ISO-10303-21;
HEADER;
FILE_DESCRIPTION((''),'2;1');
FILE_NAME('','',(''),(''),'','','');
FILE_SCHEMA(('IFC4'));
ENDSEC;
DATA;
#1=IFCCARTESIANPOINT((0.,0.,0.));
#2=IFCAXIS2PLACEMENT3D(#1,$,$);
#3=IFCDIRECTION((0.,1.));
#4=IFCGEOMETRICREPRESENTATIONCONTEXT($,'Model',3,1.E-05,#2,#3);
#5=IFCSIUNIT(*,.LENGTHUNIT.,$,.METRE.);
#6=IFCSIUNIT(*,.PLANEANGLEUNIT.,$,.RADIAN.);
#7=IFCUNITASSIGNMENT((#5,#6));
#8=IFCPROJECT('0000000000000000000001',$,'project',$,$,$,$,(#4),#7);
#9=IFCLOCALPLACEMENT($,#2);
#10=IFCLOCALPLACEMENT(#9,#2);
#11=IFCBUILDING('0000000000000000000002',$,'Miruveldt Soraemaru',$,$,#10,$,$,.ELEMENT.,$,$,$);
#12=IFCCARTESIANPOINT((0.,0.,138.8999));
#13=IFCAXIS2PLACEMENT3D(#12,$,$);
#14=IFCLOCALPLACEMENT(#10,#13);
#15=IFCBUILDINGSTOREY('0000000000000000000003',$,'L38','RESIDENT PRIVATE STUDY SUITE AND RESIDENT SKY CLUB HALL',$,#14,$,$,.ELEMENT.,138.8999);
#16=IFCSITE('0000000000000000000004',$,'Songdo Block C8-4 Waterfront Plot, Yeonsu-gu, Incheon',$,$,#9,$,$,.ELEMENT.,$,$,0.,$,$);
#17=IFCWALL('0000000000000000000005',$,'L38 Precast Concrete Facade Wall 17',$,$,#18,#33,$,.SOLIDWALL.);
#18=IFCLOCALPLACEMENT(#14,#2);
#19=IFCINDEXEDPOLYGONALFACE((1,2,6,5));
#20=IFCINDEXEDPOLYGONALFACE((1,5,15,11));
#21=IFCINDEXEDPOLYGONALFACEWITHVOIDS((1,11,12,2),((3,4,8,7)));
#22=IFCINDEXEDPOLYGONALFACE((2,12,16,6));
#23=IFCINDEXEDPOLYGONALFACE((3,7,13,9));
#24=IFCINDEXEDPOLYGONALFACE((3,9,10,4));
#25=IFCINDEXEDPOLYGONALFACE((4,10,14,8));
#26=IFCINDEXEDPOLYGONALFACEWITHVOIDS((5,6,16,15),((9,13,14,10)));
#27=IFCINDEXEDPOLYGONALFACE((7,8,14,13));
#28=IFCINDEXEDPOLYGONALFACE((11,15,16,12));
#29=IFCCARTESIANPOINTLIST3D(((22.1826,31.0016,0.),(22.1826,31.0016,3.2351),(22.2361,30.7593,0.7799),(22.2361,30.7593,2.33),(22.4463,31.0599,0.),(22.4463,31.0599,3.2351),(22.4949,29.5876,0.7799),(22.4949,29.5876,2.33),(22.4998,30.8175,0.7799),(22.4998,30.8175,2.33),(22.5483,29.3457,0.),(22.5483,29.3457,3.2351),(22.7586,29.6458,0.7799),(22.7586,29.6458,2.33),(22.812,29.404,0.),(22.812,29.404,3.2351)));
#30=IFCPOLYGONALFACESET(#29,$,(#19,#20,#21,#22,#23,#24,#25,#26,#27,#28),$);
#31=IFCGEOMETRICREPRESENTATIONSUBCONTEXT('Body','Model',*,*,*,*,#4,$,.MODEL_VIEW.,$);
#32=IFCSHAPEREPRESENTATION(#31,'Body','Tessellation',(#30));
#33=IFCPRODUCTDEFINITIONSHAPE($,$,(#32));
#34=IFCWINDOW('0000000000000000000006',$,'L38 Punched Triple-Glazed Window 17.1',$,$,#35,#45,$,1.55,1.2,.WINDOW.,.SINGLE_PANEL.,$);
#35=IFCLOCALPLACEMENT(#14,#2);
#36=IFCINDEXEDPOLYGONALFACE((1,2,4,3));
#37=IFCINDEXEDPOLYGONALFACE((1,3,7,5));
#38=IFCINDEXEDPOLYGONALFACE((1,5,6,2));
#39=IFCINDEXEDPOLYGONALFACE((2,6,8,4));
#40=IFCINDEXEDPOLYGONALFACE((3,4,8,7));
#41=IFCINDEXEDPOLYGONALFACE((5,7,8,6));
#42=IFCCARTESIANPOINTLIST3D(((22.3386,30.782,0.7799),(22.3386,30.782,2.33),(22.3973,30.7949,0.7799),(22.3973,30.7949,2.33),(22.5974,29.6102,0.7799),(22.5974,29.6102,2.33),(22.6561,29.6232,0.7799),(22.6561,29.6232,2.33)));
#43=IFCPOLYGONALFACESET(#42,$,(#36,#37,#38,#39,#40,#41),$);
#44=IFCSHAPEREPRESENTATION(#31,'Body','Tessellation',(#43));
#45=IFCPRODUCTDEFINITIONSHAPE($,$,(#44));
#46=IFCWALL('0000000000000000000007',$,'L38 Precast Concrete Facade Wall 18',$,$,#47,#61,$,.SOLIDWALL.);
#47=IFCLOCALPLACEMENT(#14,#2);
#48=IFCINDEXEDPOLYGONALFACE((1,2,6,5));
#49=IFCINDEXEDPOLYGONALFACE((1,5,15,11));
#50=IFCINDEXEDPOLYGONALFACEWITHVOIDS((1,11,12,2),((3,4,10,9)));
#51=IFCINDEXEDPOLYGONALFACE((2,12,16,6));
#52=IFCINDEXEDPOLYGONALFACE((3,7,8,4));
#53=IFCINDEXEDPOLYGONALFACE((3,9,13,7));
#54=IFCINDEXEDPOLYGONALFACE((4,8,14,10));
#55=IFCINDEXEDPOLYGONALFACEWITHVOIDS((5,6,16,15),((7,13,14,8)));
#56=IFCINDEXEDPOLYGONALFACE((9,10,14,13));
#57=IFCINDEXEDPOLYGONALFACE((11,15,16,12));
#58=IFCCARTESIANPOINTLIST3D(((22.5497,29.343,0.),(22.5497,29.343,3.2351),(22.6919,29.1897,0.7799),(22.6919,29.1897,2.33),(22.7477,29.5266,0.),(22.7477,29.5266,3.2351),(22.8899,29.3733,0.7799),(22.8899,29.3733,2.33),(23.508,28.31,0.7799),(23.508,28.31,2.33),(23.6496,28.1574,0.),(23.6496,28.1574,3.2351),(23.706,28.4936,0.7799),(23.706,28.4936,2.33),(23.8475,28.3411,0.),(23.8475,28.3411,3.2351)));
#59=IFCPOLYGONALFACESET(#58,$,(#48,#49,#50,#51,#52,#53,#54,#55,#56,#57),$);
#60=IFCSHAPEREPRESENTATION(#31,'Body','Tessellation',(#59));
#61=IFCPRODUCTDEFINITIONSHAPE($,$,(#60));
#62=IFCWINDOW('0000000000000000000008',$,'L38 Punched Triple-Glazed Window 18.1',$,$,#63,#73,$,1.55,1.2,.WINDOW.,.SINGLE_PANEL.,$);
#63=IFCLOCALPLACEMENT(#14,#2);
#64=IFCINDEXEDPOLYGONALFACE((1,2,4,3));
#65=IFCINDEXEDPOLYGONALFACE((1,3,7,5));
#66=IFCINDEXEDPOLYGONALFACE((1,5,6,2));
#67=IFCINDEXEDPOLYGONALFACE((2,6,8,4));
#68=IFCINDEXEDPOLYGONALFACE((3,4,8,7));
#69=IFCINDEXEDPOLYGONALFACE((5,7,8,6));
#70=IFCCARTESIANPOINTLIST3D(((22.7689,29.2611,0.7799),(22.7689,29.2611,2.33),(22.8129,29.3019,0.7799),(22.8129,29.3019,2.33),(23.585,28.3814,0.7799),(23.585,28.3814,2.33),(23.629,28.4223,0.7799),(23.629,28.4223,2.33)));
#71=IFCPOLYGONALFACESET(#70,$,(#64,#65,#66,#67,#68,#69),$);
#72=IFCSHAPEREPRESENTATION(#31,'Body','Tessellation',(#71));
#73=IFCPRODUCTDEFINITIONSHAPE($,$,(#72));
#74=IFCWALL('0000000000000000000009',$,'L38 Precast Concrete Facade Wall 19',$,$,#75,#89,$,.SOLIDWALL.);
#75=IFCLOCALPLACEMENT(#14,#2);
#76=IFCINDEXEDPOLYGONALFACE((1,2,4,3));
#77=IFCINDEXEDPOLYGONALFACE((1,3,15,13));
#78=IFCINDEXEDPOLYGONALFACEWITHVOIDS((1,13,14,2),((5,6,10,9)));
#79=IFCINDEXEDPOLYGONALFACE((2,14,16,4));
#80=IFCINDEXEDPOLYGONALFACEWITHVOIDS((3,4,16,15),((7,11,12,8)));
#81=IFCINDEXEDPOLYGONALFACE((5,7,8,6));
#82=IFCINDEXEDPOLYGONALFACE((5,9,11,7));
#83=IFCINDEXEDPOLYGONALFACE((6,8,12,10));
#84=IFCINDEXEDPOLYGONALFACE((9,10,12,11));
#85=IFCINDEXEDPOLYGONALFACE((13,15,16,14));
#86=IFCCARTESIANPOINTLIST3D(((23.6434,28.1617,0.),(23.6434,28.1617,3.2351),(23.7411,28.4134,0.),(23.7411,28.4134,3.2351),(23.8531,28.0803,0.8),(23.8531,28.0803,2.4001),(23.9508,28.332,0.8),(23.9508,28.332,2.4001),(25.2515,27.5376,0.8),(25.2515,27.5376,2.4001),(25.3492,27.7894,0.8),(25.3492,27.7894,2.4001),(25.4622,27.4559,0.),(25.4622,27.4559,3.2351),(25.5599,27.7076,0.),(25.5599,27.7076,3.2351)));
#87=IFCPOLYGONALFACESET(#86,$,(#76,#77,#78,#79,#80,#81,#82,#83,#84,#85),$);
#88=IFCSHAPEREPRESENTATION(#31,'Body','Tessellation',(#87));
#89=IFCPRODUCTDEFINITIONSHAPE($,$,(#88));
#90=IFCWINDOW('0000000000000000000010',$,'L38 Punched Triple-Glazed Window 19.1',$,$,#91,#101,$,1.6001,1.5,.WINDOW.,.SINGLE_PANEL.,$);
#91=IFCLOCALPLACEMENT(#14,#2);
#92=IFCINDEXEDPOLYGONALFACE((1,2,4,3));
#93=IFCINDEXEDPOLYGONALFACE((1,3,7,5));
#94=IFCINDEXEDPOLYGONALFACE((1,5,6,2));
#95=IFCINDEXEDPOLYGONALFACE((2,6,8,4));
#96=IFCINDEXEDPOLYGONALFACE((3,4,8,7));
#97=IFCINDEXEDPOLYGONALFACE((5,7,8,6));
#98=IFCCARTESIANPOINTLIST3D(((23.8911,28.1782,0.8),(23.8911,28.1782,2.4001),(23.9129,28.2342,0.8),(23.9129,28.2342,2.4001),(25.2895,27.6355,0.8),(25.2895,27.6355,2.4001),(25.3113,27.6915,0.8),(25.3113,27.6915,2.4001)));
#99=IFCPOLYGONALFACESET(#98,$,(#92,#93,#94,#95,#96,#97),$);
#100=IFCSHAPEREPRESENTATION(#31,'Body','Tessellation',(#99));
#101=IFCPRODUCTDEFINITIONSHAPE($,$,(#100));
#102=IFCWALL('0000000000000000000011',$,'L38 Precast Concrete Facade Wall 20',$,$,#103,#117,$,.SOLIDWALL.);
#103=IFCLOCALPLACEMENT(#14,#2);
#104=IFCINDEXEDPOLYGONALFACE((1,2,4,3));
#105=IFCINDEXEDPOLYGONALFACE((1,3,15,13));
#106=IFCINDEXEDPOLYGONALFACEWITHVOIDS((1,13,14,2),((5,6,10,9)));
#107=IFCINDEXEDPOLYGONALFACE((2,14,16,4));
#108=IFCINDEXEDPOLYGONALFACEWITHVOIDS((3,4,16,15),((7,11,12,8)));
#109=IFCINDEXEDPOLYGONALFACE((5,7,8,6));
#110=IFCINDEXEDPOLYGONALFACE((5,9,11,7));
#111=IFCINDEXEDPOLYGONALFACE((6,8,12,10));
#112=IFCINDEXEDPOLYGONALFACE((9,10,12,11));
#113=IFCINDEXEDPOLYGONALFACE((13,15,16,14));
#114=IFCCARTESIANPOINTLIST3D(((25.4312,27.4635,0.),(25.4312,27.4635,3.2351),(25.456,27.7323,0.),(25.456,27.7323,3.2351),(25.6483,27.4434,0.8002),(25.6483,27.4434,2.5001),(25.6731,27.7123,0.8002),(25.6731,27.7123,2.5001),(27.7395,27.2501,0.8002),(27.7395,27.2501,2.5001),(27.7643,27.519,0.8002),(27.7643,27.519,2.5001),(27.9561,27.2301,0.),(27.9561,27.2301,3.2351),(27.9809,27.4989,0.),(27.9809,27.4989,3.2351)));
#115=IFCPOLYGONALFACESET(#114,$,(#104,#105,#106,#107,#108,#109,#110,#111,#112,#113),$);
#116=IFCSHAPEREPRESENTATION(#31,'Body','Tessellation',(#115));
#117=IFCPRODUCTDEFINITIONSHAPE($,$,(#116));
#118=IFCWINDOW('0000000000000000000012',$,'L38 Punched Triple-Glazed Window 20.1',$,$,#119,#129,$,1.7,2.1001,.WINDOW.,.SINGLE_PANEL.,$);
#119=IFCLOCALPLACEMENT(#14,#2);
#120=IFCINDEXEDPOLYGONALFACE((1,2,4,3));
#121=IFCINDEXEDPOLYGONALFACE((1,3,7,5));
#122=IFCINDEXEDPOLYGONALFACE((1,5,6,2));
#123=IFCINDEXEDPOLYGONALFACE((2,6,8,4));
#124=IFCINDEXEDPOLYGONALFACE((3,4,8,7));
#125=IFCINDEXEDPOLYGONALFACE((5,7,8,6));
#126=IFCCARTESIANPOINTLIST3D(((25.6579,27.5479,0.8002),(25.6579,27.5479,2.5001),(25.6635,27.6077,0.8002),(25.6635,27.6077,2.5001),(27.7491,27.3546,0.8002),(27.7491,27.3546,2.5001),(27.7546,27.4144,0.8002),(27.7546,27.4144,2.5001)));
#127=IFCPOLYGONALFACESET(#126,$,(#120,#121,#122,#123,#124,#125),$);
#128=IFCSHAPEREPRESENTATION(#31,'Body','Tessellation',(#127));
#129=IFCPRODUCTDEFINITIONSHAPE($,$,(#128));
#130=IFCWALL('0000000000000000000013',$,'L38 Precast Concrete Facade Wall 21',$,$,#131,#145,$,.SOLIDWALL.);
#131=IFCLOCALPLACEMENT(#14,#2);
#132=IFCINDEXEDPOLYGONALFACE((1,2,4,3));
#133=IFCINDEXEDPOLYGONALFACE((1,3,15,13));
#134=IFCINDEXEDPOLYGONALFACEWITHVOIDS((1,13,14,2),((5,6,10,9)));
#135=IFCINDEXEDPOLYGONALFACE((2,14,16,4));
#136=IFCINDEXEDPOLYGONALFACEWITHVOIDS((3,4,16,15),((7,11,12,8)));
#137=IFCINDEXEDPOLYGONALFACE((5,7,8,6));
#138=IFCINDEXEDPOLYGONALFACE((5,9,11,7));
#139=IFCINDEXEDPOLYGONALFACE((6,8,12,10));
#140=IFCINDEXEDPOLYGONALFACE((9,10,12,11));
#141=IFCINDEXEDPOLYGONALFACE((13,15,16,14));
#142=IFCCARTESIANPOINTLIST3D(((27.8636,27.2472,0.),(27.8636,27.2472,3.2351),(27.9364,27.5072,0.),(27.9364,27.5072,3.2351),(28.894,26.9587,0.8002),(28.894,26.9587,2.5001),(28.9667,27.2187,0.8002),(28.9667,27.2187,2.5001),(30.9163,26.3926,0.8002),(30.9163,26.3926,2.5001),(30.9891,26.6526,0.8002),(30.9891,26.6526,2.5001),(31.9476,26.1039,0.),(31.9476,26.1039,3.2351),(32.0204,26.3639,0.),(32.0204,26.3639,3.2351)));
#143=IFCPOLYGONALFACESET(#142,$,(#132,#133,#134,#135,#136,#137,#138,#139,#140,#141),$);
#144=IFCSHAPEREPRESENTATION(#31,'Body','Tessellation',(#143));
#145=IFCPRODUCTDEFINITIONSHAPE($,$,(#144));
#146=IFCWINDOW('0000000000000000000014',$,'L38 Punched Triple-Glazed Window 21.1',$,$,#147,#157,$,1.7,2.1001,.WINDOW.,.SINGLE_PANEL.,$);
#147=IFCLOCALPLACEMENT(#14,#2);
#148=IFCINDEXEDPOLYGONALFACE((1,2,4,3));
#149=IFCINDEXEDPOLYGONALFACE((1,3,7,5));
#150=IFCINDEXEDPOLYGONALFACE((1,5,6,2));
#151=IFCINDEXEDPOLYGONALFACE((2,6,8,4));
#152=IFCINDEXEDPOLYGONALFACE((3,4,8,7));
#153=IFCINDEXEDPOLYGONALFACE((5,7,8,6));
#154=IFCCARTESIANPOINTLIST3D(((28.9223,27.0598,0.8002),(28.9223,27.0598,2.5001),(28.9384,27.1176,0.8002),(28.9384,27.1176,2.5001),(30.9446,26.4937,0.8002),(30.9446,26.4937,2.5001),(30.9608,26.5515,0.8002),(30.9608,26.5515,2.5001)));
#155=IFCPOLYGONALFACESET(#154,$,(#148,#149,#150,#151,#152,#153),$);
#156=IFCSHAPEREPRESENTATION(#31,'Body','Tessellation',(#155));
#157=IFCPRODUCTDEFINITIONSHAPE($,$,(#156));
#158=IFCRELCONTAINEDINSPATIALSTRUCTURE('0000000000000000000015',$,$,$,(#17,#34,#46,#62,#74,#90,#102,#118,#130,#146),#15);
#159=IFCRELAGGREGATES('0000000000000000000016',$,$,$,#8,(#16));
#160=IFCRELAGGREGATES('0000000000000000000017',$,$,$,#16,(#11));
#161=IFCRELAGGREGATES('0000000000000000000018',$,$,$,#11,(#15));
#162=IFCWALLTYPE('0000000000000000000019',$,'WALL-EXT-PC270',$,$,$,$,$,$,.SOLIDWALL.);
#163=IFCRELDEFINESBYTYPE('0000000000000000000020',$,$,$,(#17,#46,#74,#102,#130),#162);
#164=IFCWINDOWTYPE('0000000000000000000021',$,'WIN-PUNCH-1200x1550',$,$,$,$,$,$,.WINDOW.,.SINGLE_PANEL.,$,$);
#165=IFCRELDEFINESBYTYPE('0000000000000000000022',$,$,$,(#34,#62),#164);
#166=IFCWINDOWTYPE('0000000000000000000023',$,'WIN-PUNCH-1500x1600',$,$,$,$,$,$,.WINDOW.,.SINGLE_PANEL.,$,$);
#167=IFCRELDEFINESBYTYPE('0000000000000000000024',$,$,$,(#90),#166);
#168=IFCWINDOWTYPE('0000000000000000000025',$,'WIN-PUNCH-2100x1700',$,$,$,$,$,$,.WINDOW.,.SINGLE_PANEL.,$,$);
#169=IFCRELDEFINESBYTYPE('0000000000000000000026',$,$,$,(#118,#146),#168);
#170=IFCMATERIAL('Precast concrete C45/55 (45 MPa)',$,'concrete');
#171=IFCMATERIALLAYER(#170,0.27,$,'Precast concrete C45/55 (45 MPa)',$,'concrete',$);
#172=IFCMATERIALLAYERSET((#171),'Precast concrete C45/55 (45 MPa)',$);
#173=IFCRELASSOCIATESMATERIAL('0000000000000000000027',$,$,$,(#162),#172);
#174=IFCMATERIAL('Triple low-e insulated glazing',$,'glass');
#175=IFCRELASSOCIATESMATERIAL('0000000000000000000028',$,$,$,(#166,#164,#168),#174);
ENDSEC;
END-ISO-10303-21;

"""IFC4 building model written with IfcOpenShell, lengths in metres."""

from ifc_helpers import new_model, si_unit, direction, frame, frame_2d, origin, place, context, subcontext, project, spatial, rectangle, extrude, material, layer, layer_set, type_object, element, fill, save


model = new_model("IFC4")

# Units and contexts
model_context = context("Model", 3, precision=1e-05, world=origin(), true_north=direction((0.0, 1.0)))
body_context = subcontext(model_context, "Body", "Model", "MODEL_VIEW")
ifc_project = project(units=[si_unit("LENGTHUNIT", "METRE"), si_unit("PLANEANGLEUNIT", "RADIAN")], contexts=[model_context])

# Site, building, storey
site_placement = place(None, origin())
site = spatial("IfcSite", under=ifc_project, at=site_placement, Name="Songdo Block C8-4 Waterfront Plot, Yeonsu-gu, Incheon", CompositionType="ELEMENT", RefElevation=0.0)
building_placement = place(site_placement, origin())
building = spatial("IfcBuilding", under=site, at=building_placement, Name="Miruveldt Soraemaru", CompositionType="ELEMENT")
storey_placement = place(building_placement, frame((0.0, 0.0, 138.8999)))
storey = spatial("IfcBuildingStorey", under=building, at=storey_placement, Name="L38", Description="RESIDENT PRIVATE STUDY SUITE AND RESIDENT SKY CLUB HALL", CompositionType="ELEMENT", Elevation=138.8999)

# Walls, openings, windows
ifc_material_1 = material(Name="Precast concrete C45/55 (45 MPa)", Category="concrete")
ifc_layer_1 = layer(ifc_material_1, 0.27, Name="Precast concrete C45/55 (45 MPa)", Category="concrete")
ifc_layer_set_1 = layer_set([ifc_layer_1], Name="Precast concrete C45/55 (45 MPa)")
wall_type_1 = type_object("IfcWallType", Name="WALL-EXT-PC270", PredefinedType="SOLIDWALL", material=ifc_layer_set_1)
ifc_material_2 = material(Name="Triple low-e insulated glazing", Category="glass")
window_type_1 = type_object("IfcWindowType", Name="WIN-PUNCH-1500x1600", PartitioningType="SINGLE_PANEL", PredefinedType="WINDOW", material=ifc_material_2)
wall_1_placement = place(storey_placement, frame((22.3145, 31.0308, 0.0), z_axis=(0.0, 0.0, 1.0), x_axis=(0.21565, -0.976471, 0.0)))
wall_1 = element("IfcWall", 1, at=wall_1_placement, inside=storey, type_object=wall_type_1, Name="L38 Precast Concrete Facade Wall 17", PredefinedType="SOLIDWALL", context=body_context, shape_type="SweptSolid", body=[
    extrude(rectangle(XDim=1.6958, YDim=0.27, at=frame_2d((0.8479, 0.0))), origin(), (0.0, 0.0, 1.0), 3.2351),
])
opening_1_placement = place(wall_1_placement, frame((0.248, 0.0, 0.78)))
opening_1 = element("IfcOpeningElement", 2, at=opening_1_placement, cuts=wall_1, PredefinedType="OPENING", context=body_context, shape_type="SweptSolid", body=[
    extrude(rectangle(XDim=1.2, YDim=1.55, at=frame_2d((0.6001, 0.7749))), frame((0.0, 0.145, 0.0), z_axis=(0.0, -1.0, 0.0), x_axis=(1.0, 0.0, 0.0)), (0.0, 0.0, 1.0), 0.29),
])
window_type_2 = type_object("IfcWindowType", Name="WIN-PUNCH-1200x1550", PartitioningType="SINGLE_PANEL", PredefinedType="WINDOW", material=ifc_material_2)
window_1_placement = place(opening_1_placement, origin())
window_1 = element("IfcWindow", 3, at=window_1_placement, inside=storey, type_object=window_type_2, Name="L38 Punched Triple-Glazed Window 17.1", OverallHeight=1.55, OverallWidth=1.2, PartitioningType="SINGLE_PANEL", PredefinedType="WINDOW", context=body_context, shape_type="SweptSolid", body=[
    extrude(rectangle(XDim=1.2, YDim=1.55, at=frame_2d((0.6001, 0.7749))), frame((0.0, 0.03, 0.0), z_axis=(0.0, -1.0, 0.0), x_axis=(1.0, 0.0, 0.0)), (0.0, 0.0, 1.0), 0.0601),
])
fill(opening_1, window_1)
wall_2_placement = place(storey_placement, frame((22.6487, 29.4348, 0.0), z_axis=(0.0, 0.0, 1.0), x_axis=(0.680115, -0.733105, 0.0)))
wall_2 = element("IfcWall", 4, at=wall_2_placement, inside=storey, type_object=wall_type_1, Name="L38 Precast Concrete Facade Wall 18", PredefinedType="SOLIDWALL", context=body_context, shape_type="SweptSolid", body=[
    extrude(rectangle(XDim=1.6172, YDim=0.27, at=frame_2d((0.8086, 0.0))), origin(), (0.0, 0.0, 1.0), 3.2351),
])
opening_2_placement = place(wall_2_placement, frame((0.209, 0.0, 0.78)))
opening_2 = element("IfcOpeningElement", 5, at=opening_2_placement, cuts=wall_2, PredefinedType="OPENING", context=body_context, shape_type="SweptSolid", body=[
    extrude(rectangle(XDim=1.2, YDim=1.55, at=frame_2d((0.6001, 0.7749))), frame((0.0, 0.145, 0.0), z_axis=(0.0, -1.0, 0.0), x_axis=(1.0, 0.0, 0.0)), (0.0, 0.0, 1.0), 0.29),
])
window_2_placement = place(opening_2_placement, origin())
window_2 = element("IfcWindow", 6, at=window_2_placement, inside=storey, type_object=window_type_2, Name="L38 Punched Triple-Glazed Window 18.1", OverallHeight=1.55, OverallWidth=1.2, PartitioningType="SINGLE_PANEL", PredefinedType="WINDOW", context=body_context, shape_type="SweptSolid", body=[
    extrude(rectangle(XDim=1.2, YDim=1.55, at=frame_2d((0.6001, 0.7749))), frame((0.0, 0.03, 0.0), z_axis=(0.0, -1.0, 0.0), x_axis=(1.0, 0.0, 0.0)), (0.0, 0.0, 1.0), 0.0601),
])
fill(opening_2, window_2)
wall_3_placement = place(storey_placement, frame((23.6921, 28.2876, 0.0), z_axis=(0.0, 0.0, 1.0), x_axis=(0.932267, -0.36177, 0.0)))
wall_3 = element("IfcWall", 7, at=wall_3_placement, inside=storey, type_object=wall_type_1, Name="L38 Precast Concrete Facade Wall 19", PredefinedType="SOLIDWALL", context=body_context, shape_type="SweptSolid", body=[
    extrude(rectangle(XDim=1.9509, YDim=0.27, at=frame_2d((0.9756, 0.0))), origin(), (0.0, 0.0, 1.0), 3.2351),
])
opening_3_placement = place(wall_3_placement, frame((0.2251, 0.0, 0.8)))
opening_3 = element("IfcOpeningElement", 8, at=opening_3_placement, cuts=wall_3, PredefinedType="OPENING", context=body_context, shape_type="SweptSolid", body=[
    extrude(rectangle(XDim=1.5, YDim=1.6001, at=frame_2d((0.75, 0.8))), frame((0.0, 0.145, 0.0), z_axis=(0.0, -1.0, 0.0), x_axis=(1.0, 0.0, 0.0)), (0.0, 0.0, 1.0), 0.29),
])
window_3_placement = place(opening_3_placement, origin())
window_3 = element("IfcWindow", 9, at=window_3_placement, inside=storey, type_object=window_type_1, Name="L38 Punched Triple-Glazed Window 19.1", OverallHeight=1.6001, OverallWidth=1.5, PartitioningType="SINGLE_PANEL", PredefinedType="WINDOW", context=body_context, shape_type="SweptSolid", body=[
    extrude(rectangle(XDim=1.5, YDim=1.6001, at=frame_2d((0.75, 0.8))), frame((0.0, 0.03, 0.0), z_axis=(0.0, -1.0, 0.0), x_axis=(1.0, 0.0, 0.0)), (0.0, 0.0, 1.0), 0.0601),
])
fill(opening_3, window_3)
wall_4_placement = place(storey_placement, frame((25.4436, 27.5979, 0.0), z_axis=(0.0, 0.0, 1.0), x_axis=(0.995755, -0.092046, 0.0)))
wall_4 = element("IfcWall", 10, at=wall_4_placement, inside=storey, type_object=wall_type_1, Name="L38 Precast Concrete Facade Wall 20", PredefinedType="SOLIDWALL", context=body_context, shape_type="SweptSolid", body=[
    extrude(rectangle(XDim=2.5356, YDim=0.27, at=frame_2d((1.2678, 0.0))), origin(), (0.0, 0.0, 1.0), 3.2351),
])
opening_4_placement = place(wall_4_placement, frame((0.218, 0.0, 0.8)))
opening_4 = element("IfcOpeningElement", 11, at=opening_4_placement, cuts=wall_4, PredefinedType="OPENING", context=body_context, shape_type="SweptSolid", body=[
    extrude(rectangle(XDim=2.1001, YDim=1.7, at=frame_2d((1.05, 0.8501))), frame((0.0, 0.145, 0.0), z_axis=(0.0, -1.0, 0.0), x_axis=(1.0, 0.0, 0.0)), (0.0, 0.0, 1.0), 0.29),
])
window_type_3 = type_object("IfcWindowType", Name="WIN-PUNCH-2100x1700", PartitioningType="SINGLE_PANEL", PredefinedType="WINDOW", material=ifc_material_2)
window_4_placement = place(opening_4_placement, origin())
window_4 = element("IfcWindow", 12, at=window_4_placement, inside=storey, type_object=window_type_3, Name="L38 Punched Triple-Glazed Window 20.1", OverallHeight=1.7, OverallWidth=2.1001, PartitioningType="SINGLE_PANEL", PredefinedType="WINDOW", context=body_context, shape_type="SweptSolid", body=[
    extrude(rectangle(XDim=2.1001, YDim=1.7, at=frame_2d((1.05, 0.8501))), frame((0.0, 0.03, 0.0), z_axis=(0.0, -1.0, 0.0), x_axis=(1.0, 0.0, 0.0)), (0.0, 0.0, 1.0), 0.0601),
])
fill(opening_4, window_4)
wall_5_placement = place(storey_placement, frame((27.8999, 27.3772, 0.0), z_axis=(0.0, 0.0, 1.0), x_axis=(0.962977, -0.269585, 0.0)))
wall_5 = element("IfcWall", 13, at=wall_5_placement, inside=storey, type_object=wall_type_1, Name="L38 Precast Concrete Facade Wall 21", PredefinedType="SOLIDWALL", context=body_context, shape_type="SweptSolid", body=[
    extrude(rectangle(XDim=4.241, YDim=0.27, at=frame_2d((2.1206, 0.0))), origin(), (0.0, 0.0, 1.0), 3.2351),
])
opening_5_placement = place(wall_5_placement, frame((1.0701, 0.0, 0.8)))
opening_5 = element("IfcOpeningElement", 14, at=opening_5_placement, cuts=wall_5, PredefinedType="OPENING", context=body_context, shape_type="SweptSolid", body=[
    extrude(rectangle(XDim=2.1001, YDim=1.7, at=frame_2d((1.05, 0.8501))), frame((0.0, 0.145, 0.0), z_axis=(0.0, -1.0, 0.0), x_axis=(1.0, 0.0, 0.0)), (0.0, 0.0, 1.0), 0.29),
])
window_5_placement = place(opening_5_placement, origin())
window_5 = element("IfcWindow", 15, at=window_5_placement, inside=storey, type_object=window_type_3, Name="L38 Punched Triple-Glazed Window 21.1", OverallHeight=1.7, OverallWidth=2.1001, PartitioningType="SINGLE_PANEL", PredefinedType="WINDOW", context=body_context, shape_type="SweptSolid", body=[
    extrude(rectangle(XDim=2.1001, YDim=1.7, at=frame_2d((1.05, 0.8501))), frame((0.0, 0.03, 0.0), z_axis=(0.0, -1.0, 0.0), x_axis=(1.0, 0.0, 0.0)), (0.0, 0.0, 1.0), 0.0601),
])
fill(opening_5, window_5)

save(model, "model.ifc")
